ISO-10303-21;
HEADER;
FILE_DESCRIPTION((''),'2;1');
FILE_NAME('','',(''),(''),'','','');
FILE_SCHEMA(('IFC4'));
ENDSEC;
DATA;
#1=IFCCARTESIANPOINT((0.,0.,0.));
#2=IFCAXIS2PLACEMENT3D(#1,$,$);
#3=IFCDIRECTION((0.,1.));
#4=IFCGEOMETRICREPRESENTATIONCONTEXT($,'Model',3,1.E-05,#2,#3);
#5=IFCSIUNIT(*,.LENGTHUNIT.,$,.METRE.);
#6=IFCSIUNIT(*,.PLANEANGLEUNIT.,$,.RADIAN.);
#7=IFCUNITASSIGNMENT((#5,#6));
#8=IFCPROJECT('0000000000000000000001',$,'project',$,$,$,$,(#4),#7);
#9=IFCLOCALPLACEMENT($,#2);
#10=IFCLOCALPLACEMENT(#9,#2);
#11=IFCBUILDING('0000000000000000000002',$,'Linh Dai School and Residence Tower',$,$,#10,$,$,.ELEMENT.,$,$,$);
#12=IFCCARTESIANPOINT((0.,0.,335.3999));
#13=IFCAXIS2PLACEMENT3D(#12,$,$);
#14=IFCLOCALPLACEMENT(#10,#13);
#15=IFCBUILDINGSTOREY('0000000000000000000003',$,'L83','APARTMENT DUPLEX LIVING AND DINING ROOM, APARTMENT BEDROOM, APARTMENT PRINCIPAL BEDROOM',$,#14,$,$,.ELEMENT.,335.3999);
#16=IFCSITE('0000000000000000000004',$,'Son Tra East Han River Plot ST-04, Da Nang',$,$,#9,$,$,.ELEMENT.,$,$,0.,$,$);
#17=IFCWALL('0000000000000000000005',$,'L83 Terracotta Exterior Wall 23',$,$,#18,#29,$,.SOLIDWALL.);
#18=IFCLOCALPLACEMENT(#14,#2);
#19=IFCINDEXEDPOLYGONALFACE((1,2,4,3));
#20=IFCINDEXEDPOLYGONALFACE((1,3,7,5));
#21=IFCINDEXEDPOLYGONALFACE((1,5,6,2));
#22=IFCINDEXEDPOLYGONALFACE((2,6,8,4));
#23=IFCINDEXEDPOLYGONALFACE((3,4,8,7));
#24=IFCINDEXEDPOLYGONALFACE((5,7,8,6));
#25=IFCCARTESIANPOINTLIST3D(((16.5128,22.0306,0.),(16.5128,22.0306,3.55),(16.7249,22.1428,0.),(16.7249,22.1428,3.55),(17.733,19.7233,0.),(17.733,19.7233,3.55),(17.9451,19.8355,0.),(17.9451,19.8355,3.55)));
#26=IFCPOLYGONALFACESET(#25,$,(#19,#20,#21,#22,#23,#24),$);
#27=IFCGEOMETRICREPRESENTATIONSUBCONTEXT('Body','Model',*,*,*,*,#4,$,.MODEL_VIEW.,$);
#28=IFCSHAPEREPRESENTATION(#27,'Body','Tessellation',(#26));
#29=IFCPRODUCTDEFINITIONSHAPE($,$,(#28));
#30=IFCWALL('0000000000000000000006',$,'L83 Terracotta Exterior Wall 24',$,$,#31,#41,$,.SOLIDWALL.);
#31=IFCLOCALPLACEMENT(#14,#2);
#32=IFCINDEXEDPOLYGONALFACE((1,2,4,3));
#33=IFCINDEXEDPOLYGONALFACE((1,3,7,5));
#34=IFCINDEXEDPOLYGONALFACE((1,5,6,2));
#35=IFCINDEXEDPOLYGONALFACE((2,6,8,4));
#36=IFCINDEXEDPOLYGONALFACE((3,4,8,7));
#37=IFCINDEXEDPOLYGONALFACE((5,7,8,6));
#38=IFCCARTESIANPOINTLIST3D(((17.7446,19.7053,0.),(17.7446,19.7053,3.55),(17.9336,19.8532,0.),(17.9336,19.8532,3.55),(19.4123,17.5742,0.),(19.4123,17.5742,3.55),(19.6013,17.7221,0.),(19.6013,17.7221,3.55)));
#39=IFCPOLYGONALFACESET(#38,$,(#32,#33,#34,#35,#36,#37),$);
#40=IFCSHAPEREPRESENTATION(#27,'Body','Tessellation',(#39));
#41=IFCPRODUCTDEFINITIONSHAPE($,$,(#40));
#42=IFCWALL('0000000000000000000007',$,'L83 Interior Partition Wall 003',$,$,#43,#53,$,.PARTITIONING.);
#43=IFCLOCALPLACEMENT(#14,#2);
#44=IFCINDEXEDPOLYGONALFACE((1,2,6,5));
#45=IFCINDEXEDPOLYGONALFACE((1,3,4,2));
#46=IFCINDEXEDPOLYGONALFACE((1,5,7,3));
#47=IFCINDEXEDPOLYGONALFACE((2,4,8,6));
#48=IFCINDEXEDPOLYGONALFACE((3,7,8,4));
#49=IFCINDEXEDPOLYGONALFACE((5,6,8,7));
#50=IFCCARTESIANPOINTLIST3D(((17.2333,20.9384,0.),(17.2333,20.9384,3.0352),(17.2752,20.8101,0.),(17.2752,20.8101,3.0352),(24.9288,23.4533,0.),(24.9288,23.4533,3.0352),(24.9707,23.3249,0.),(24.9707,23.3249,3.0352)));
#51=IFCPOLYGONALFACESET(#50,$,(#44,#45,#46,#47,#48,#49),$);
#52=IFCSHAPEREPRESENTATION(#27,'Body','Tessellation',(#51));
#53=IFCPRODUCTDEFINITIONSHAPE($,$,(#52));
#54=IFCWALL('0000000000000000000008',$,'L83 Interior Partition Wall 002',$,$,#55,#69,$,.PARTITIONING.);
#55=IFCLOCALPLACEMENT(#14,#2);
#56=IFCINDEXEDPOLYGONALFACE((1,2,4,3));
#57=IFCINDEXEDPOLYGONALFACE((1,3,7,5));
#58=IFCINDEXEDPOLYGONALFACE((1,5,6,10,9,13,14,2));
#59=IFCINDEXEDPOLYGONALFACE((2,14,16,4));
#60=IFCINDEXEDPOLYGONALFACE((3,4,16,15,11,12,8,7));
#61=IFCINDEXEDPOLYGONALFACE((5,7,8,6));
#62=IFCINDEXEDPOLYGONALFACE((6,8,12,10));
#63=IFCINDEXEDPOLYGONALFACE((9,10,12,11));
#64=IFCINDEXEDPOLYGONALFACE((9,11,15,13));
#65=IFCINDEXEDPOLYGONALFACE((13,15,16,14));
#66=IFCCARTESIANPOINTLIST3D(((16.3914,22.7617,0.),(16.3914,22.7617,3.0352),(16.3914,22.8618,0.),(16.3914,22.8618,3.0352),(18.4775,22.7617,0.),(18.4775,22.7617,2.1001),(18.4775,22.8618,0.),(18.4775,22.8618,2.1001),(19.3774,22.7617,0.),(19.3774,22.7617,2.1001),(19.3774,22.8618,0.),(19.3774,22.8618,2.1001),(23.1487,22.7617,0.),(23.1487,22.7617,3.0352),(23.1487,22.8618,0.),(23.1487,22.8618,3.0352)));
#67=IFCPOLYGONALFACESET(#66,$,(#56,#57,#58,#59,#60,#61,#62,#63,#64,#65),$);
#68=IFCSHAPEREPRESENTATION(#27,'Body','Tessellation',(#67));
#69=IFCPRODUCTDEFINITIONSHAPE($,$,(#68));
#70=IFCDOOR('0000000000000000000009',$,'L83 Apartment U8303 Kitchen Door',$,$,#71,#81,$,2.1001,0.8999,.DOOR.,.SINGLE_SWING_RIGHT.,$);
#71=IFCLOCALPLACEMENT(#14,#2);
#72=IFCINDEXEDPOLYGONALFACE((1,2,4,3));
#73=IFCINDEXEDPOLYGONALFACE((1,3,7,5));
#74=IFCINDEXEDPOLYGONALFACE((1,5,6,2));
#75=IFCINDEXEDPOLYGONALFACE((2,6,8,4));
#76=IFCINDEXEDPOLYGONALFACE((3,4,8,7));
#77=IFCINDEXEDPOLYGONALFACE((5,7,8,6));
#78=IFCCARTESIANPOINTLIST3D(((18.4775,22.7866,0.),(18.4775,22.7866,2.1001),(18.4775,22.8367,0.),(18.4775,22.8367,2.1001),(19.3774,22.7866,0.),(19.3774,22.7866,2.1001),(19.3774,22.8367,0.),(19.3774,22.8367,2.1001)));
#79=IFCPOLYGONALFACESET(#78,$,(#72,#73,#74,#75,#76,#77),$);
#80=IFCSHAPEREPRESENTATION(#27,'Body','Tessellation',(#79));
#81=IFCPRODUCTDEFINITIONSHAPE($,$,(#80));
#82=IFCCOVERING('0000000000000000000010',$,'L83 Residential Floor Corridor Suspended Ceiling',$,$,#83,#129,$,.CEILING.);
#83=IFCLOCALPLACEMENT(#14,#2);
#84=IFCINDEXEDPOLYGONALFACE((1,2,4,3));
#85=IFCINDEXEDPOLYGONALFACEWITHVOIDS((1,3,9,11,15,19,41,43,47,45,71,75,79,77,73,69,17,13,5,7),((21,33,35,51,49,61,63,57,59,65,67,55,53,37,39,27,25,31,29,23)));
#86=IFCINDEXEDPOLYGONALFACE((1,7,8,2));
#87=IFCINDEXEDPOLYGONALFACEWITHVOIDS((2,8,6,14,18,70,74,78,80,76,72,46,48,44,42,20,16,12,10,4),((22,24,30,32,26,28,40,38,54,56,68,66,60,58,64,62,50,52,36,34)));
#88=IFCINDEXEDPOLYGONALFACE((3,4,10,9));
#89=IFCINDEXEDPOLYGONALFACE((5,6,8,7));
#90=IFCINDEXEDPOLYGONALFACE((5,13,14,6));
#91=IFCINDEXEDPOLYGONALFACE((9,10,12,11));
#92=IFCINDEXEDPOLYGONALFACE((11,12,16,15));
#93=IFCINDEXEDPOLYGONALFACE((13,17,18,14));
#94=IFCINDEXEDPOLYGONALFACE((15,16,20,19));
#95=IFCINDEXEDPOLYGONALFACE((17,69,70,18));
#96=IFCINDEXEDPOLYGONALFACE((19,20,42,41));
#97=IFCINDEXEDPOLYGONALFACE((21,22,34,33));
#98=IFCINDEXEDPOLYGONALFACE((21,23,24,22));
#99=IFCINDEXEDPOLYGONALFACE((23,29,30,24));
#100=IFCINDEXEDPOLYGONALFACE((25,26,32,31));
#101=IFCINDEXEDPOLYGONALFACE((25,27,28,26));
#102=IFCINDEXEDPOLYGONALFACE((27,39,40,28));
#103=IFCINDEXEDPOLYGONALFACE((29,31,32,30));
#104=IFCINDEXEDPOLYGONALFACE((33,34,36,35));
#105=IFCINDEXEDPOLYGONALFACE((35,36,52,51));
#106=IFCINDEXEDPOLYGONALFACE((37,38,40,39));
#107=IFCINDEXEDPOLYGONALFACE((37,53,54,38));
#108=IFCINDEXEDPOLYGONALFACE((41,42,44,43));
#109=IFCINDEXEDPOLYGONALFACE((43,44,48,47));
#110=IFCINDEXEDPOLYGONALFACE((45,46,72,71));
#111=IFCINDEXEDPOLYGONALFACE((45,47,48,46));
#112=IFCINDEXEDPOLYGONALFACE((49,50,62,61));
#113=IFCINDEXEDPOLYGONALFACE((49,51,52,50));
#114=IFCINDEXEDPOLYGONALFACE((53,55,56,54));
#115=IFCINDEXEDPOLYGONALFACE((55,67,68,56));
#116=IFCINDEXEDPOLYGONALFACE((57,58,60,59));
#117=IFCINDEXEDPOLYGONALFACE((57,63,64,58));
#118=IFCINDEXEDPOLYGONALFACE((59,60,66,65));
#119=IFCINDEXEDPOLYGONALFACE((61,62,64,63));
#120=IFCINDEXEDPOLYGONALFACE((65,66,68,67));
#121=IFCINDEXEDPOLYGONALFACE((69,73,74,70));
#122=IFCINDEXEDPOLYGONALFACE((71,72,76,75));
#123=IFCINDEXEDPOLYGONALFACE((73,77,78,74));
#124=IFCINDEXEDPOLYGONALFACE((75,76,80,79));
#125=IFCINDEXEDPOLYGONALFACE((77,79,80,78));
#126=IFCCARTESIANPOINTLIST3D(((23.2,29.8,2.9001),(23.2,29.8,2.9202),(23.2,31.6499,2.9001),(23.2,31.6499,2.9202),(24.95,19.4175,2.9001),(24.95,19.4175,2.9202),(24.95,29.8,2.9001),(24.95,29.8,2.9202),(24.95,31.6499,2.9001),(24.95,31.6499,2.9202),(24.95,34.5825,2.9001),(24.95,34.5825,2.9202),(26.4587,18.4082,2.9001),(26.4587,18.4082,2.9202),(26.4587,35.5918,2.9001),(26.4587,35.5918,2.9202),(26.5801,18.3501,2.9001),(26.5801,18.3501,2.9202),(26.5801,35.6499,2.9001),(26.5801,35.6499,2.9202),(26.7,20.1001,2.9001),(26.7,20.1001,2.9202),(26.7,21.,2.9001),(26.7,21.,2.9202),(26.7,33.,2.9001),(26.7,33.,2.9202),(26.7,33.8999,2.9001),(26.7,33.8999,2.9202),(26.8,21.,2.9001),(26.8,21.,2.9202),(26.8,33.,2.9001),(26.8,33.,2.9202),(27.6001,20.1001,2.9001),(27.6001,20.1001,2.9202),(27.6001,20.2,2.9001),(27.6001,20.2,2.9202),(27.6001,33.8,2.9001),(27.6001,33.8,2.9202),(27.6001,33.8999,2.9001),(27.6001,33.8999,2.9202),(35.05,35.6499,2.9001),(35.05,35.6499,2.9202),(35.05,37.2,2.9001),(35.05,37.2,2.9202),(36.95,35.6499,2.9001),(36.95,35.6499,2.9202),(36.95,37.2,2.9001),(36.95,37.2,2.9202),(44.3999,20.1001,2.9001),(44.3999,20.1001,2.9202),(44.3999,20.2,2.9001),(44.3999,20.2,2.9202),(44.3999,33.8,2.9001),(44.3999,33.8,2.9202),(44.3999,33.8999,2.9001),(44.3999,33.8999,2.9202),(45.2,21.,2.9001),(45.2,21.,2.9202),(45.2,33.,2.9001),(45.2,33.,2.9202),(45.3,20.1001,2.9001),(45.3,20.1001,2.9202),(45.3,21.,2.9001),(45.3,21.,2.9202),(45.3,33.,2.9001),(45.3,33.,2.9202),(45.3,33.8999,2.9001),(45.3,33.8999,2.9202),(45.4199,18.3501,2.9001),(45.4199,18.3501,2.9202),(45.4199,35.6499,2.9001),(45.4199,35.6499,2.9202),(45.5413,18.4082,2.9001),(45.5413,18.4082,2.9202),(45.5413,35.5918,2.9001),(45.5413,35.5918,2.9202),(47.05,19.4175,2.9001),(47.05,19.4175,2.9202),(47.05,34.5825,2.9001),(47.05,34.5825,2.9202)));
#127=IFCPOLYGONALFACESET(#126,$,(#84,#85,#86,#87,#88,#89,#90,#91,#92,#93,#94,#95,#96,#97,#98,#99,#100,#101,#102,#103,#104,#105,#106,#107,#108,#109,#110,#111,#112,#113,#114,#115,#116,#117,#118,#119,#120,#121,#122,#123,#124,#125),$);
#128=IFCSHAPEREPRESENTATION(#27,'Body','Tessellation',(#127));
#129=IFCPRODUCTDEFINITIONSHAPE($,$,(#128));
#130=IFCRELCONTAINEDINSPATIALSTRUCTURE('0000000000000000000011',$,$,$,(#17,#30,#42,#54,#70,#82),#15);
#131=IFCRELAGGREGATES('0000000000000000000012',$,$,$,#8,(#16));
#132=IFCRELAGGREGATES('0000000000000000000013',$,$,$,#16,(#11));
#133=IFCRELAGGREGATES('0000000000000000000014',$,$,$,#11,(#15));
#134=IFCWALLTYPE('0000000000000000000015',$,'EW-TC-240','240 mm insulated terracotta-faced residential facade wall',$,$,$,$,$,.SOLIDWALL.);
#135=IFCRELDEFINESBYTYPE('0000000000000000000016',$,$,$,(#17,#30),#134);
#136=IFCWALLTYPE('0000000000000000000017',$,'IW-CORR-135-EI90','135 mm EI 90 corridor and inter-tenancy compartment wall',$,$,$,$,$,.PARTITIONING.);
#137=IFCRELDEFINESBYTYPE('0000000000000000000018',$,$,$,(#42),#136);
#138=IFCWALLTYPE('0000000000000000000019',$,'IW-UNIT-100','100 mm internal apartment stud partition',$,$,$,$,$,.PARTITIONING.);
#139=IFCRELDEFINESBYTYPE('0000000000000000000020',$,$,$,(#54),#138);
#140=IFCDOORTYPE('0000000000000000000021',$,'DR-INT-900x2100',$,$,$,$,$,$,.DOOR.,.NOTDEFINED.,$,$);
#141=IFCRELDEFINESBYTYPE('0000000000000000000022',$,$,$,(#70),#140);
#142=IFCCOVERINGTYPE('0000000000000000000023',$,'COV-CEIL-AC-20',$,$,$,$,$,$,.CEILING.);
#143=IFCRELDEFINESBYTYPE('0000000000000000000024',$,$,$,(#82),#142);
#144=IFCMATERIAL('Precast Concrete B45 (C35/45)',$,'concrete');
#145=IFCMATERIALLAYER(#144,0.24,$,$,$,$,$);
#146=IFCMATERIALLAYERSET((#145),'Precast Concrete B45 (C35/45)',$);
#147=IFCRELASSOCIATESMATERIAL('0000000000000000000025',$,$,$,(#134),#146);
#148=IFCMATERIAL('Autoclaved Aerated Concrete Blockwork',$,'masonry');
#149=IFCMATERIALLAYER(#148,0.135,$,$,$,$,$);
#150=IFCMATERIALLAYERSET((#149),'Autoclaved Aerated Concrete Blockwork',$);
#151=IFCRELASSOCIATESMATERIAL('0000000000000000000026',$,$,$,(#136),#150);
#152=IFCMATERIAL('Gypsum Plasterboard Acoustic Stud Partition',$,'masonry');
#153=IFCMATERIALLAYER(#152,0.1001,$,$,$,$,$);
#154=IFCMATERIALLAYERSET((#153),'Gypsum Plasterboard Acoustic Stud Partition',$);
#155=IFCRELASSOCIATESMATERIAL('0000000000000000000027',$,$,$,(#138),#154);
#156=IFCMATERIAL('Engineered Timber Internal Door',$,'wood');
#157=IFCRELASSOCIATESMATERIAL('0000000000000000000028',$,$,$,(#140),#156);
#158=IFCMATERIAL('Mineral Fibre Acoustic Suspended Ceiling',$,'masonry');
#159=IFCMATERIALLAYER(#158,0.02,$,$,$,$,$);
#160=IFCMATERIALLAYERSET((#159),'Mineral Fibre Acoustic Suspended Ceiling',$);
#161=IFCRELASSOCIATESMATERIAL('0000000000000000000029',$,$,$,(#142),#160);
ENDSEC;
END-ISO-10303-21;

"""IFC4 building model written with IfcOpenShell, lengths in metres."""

from ifc_helpers import new_model, si_unit, direction, frame, frame_2d, origin, origin_2d, place, context, subcontext, project, spatial, polyline, rectangle, outline, extrude, source, transform, mapped, material, layer, layer_set, type_object, element, fill, save


model = new_model("IFC4")

# Units and contexts
model_context = context("Model", 3, precision=1e-05, world=origin(), true_north=direction((0.0, 1.0)))
body_context = subcontext(model_context, "Body", "Model", "MODEL_VIEW")
ifc_project = project(units=[si_unit("LENGTHUNIT", "METRE"), si_unit("PLANEANGLEUNIT", "RADIAN")], contexts=[model_context])

# Site, building, storey
site_placement = place(None, origin())
site = spatial("IfcSite", under=ifc_project, at=site_placement, Name="Son Tra East Han River Plot ST-04, Da Nang", CompositionType="ELEMENT", RefElevation=0.0)
building_placement = place(site_placement, origin())
building = spatial("IfcBuilding", under=site, at=building_placement, Name="Linh Dai School and Residence Tower", CompositionType="ELEMENT")
storey_placement = place(building_placement, frame((0.0, 0.0, 335.3999)))
storey = spatial("IfcBuildingStorey", under=building, at=storey_placement, Name="L83", Description="APARTMENT DUPLEX LIVING AND DINING ROOM, APARTMENT BEDROOM, APARTMENT PRINCIPAL BEDROOM", CompositionType="ELEMENT", Elevation=335.3999)

# Shared definitions
ifc_material_1 = material(Name="Precast Concrete B45 (C35/45)", Category="concrete")

# Shared definitions
ifc_layer_1 = layer(ifc_material_1, 0.24)
ifc_layer_set_1 = layer_set([ifc_layer_1], Name="Precast Concrete B45 (C35/45)")
wall_type_1 = type_object("IfcWallType", Name="EW-TC-240", Description="240 mm insulated terracotta-faced residential facade wall", PredefinedType="SOLIDWALL", material=ifc_layer_set_1)

# Walls
wall_1_placement = place(storey_placement, frame((17.8391, 19.7793, 0.0), z_axis=(0.0, 0.0, 1.0), x_axis=(-0.467488, 0.883999, 0.0)))
element("IfcWall", 1, at=wall_1_placement, inside=storey, type_object=wall_type_1, Name="L83 Terracotta Exterior Wall 23", PredefinedType="SOLIDWALL", context=body_context, shape_type="SweptSolid", body=[
    extrude(rectangle(XDim=2.6101, YDim=0.24, at=frame_2d((1.3052, 0.0))), origin(), (0.0, 0.0, 1.0), 3.55),
])
wall_2_placement = place(storey_placement, frame((19.5068, 17.6482, 0.0), z_axis=(0.0, 0.0, 1.0), x_axis=(-0.616286, 0.787522, 0.0)))
element("IfcWall", 2, at=wall_2_placement, inside=storey, type_object=wall_type_1, Name="L83 Terracotta Exterior Wall 24", PredefinedType="SOLIDWALL", context=body_context, shape_type="SweptSolid", body=[
    extrude(rectangle(XDim=2.7061, YDim=0.24, at=frame_2d((1.353, 0.0))), origin(), (0.0, 0.0, 1.0), 3.55),
])
ifc_material_2 = material(Name="Autoclaved Aerated Concrete Blockwork", Category="masonry")
ifc_layer_2 = layer(ifc_material_2, 0.135)
ifc_layer_set_2 = layer_set([ifc_layer_2], Name="Autoclaved Aerated Concrete Blockwork")
wall_type_2 = type_object("IfcWallType", Name="IW-CORR-135-EI90", Description="135 mm EI 90 corridor and inter-tenancy compartment wall", PredefinedType="PARTITIONING", material=ifc_layer_set_2)
wall_3_placement = place(storey_placement, frame((17.2544, 20.8743, 0.0), z_axis=(0.0, 0.0, 1.0), x_axis=(0.95053, 0.310631, 0.0)))
element("IfcWall", 3, at=wall_3_placement, inside=storey, type_object=wall_type_2, Name="L83 Interior Partition Wall 003", PredefinedType="PARTITIONING", context=body_context, shape_type="SweptSolid", body=[
    extrude(rectangle(XDim=8.0959, YDim=0.135, at=frame_2d((4.0479, 0.0))), origin(), (0.0, 0.0, 1.0), 3.0352),
])

# Wall, opening, door
ifc_material_3 = material(Name="Gypsum Plasterboard Acoustic Stud Partition", Category="masonry")
ifc_layer_3 = layer(ifc_material_3, 0.1001)
ifc_layer_set_3 = layer_set([ifc_layer_3], Name="Gypsum Plasterboard Acoustic Stud Partition")
wall_type_3 = type_object("IfcWallType", Name="IW-UNIT-100", Description="100 mm internal apartment stud partition", PredefinedType="PARTITIONING", material=ifc_layer_set_3)
wall_4_placement = place(storey_placement, frame((16.3914, 22.8118, 0.0), z_axis=(0.0, 0.0, 1.0), x_axis=(1.0, 0.0, 0.0)))
wall_4 = element("IfcWall", 4, at=wall_4_placement, inside=storey, type_object=wall_type_3, Name="L83 Interior Partition Wall 002", PredefinedType="PARTITIONING", context=body_context, shape_type="SweptSolid", body=[
    extrude(rectangle(XDim=6.7573, YDim=0.1001, at=frame_2d((3.3787, 0.0))), origin(), (0.0, 0.0, 1.0), 3.0352),
])
opening_1_placement = place(wall_4_placement, frame((2.0862, 0.0, 0.0)))
opening_1 = element("IfcOpeningElement", 5, at=opening_1_placement, cuts=wall_4, PredefinedType="OPENING", context=body_context, shape_type="SweptSolid", body=[
    extrude(rectangle(XDim=0.8999, YDim=2.1001, at=origin_2d()), frame((0.45, 0.0601, 1.05), z_axis=(0.0, -1.0, 0.0), x_axis=(1.0, 0.0, 0.0)), (0.0, 0.0, 1.0), 0.1201),
])
ifc_material_4 = material(Name="Engineered Timber Internal Door", Category="wood")
door_type_1 = type_object("IfcDoorType", Name="DR-INT-900x2100", OperationType="NOTDEFINED", PredefinedType="DOOR", material=ifc_material_4)
shared_shape_1 = source(origin(), body_context, "Body", "SweptSolid", [
    extrude(rectangle(XDim=0.8999, YDim=2.1001, at=origin_2d()), frame((0.45, 0.0249, 1.05), z_axis=(0.0, -1.0, 0.0), x_axis=(1.0, 0.0, 0.0)), (0.0, 0.0, 1.0), 0.05),
])
door_1_placement = place(opening_1_placement, origin())
door_1 = element("IfcDoor", 6, at=door_1_placement, inside=storey, type_object=door_type_1, Name="L83 Apartment U8303 Kitchen Door", OperationType="SINGLE_SWING_RIGHT", OverallHeight=2.1001, OverallWidth=0.8999, PredefinedType="DOOR", context=body_context, shape_type="MappedRepresentation", body=[
    mapped(shared_shape_1, transform((0.0, 0.0, 0.0), x_axis=(1.0, 0.0, 0.0), y_axis=(0.0, 1.0, 0.0), z_axis=(0.0, 0.0, 1.0), scale=1.0)),
])
fill(opening_1, door_1)

# Covering
ifc_material_5 = material(Name="Mineral Fibre Acoustic Suspended Ceiling", Category="masonry")
ifc_layer_4 = layer(ifc_material_5, 0.02)
ifc_layer_set_4 = layer_set([ifc_layer_4], Name="Mineral Fibre Acoustic Suspended Ceiling")
covering_type_1 = type_object("IfcCoveringType", Name="COV-CEIL-AC-20", PredefinedType="CEILING", material=ifc_layer_set_4)
covering_1_placement = place(storey_placement, frame((0.0, 0.0, 2.9001)))
element("IfcCovering", 7, at=covering_1_placement, inside=storey, type_object=covering_type_1, Name="L83 Residential Floor Corridor Suspended Ceiling", PredefinedType="CEILING", context=body_context, shape_type="SweptSolid", body=[
    extrude(outline(polyline([(23.2, 31.6499), (24.95, 31.6499), (24.95, 34.5825), (26.4587, 35.5918), (26.5801, 35.6499), (35.05, 35.6499), (35.05, 37.2), (36.95, 37.2), (36.95, 35.6499), (45.4199, 35.6499), (45.5413, 35.5918), (47.05, 34.5825), (47.05, 19.4175), (45.5413, 18.4082), (45.4199, 18.3501), (26.5801, 18.3501), (26.4587, 18.4082), (24.95, 19.4175), (24.95, 29.8), (23.2, 29.8), (23.2, 31.6499)]), holes=[polyline([(27.6001, 33.8), (27.6001, 33.8999), (26.7, 33.8999), (26.7, 33.0), (26.8, 33.0), (26.8, 21.0), (26.7, 21.0), (26.7, 20.1001), (27.6001, 20.1001), (27.6001, 20.2), (44.3999, 20.2), (44.3999, 20.1001), (45.3, 20.1001), (45.3, 21.0), (45.2, 21.0), (45.2, 33.0), (45.3, 33.0), (45.3, 33.8999), (44.3999, 33.8999), (44.3999, 33.8), (27.6001, 33.8)])]), origin(), (0.0, 0.0, 1.0), 0.02),
])

save(model, "model.ifc")
